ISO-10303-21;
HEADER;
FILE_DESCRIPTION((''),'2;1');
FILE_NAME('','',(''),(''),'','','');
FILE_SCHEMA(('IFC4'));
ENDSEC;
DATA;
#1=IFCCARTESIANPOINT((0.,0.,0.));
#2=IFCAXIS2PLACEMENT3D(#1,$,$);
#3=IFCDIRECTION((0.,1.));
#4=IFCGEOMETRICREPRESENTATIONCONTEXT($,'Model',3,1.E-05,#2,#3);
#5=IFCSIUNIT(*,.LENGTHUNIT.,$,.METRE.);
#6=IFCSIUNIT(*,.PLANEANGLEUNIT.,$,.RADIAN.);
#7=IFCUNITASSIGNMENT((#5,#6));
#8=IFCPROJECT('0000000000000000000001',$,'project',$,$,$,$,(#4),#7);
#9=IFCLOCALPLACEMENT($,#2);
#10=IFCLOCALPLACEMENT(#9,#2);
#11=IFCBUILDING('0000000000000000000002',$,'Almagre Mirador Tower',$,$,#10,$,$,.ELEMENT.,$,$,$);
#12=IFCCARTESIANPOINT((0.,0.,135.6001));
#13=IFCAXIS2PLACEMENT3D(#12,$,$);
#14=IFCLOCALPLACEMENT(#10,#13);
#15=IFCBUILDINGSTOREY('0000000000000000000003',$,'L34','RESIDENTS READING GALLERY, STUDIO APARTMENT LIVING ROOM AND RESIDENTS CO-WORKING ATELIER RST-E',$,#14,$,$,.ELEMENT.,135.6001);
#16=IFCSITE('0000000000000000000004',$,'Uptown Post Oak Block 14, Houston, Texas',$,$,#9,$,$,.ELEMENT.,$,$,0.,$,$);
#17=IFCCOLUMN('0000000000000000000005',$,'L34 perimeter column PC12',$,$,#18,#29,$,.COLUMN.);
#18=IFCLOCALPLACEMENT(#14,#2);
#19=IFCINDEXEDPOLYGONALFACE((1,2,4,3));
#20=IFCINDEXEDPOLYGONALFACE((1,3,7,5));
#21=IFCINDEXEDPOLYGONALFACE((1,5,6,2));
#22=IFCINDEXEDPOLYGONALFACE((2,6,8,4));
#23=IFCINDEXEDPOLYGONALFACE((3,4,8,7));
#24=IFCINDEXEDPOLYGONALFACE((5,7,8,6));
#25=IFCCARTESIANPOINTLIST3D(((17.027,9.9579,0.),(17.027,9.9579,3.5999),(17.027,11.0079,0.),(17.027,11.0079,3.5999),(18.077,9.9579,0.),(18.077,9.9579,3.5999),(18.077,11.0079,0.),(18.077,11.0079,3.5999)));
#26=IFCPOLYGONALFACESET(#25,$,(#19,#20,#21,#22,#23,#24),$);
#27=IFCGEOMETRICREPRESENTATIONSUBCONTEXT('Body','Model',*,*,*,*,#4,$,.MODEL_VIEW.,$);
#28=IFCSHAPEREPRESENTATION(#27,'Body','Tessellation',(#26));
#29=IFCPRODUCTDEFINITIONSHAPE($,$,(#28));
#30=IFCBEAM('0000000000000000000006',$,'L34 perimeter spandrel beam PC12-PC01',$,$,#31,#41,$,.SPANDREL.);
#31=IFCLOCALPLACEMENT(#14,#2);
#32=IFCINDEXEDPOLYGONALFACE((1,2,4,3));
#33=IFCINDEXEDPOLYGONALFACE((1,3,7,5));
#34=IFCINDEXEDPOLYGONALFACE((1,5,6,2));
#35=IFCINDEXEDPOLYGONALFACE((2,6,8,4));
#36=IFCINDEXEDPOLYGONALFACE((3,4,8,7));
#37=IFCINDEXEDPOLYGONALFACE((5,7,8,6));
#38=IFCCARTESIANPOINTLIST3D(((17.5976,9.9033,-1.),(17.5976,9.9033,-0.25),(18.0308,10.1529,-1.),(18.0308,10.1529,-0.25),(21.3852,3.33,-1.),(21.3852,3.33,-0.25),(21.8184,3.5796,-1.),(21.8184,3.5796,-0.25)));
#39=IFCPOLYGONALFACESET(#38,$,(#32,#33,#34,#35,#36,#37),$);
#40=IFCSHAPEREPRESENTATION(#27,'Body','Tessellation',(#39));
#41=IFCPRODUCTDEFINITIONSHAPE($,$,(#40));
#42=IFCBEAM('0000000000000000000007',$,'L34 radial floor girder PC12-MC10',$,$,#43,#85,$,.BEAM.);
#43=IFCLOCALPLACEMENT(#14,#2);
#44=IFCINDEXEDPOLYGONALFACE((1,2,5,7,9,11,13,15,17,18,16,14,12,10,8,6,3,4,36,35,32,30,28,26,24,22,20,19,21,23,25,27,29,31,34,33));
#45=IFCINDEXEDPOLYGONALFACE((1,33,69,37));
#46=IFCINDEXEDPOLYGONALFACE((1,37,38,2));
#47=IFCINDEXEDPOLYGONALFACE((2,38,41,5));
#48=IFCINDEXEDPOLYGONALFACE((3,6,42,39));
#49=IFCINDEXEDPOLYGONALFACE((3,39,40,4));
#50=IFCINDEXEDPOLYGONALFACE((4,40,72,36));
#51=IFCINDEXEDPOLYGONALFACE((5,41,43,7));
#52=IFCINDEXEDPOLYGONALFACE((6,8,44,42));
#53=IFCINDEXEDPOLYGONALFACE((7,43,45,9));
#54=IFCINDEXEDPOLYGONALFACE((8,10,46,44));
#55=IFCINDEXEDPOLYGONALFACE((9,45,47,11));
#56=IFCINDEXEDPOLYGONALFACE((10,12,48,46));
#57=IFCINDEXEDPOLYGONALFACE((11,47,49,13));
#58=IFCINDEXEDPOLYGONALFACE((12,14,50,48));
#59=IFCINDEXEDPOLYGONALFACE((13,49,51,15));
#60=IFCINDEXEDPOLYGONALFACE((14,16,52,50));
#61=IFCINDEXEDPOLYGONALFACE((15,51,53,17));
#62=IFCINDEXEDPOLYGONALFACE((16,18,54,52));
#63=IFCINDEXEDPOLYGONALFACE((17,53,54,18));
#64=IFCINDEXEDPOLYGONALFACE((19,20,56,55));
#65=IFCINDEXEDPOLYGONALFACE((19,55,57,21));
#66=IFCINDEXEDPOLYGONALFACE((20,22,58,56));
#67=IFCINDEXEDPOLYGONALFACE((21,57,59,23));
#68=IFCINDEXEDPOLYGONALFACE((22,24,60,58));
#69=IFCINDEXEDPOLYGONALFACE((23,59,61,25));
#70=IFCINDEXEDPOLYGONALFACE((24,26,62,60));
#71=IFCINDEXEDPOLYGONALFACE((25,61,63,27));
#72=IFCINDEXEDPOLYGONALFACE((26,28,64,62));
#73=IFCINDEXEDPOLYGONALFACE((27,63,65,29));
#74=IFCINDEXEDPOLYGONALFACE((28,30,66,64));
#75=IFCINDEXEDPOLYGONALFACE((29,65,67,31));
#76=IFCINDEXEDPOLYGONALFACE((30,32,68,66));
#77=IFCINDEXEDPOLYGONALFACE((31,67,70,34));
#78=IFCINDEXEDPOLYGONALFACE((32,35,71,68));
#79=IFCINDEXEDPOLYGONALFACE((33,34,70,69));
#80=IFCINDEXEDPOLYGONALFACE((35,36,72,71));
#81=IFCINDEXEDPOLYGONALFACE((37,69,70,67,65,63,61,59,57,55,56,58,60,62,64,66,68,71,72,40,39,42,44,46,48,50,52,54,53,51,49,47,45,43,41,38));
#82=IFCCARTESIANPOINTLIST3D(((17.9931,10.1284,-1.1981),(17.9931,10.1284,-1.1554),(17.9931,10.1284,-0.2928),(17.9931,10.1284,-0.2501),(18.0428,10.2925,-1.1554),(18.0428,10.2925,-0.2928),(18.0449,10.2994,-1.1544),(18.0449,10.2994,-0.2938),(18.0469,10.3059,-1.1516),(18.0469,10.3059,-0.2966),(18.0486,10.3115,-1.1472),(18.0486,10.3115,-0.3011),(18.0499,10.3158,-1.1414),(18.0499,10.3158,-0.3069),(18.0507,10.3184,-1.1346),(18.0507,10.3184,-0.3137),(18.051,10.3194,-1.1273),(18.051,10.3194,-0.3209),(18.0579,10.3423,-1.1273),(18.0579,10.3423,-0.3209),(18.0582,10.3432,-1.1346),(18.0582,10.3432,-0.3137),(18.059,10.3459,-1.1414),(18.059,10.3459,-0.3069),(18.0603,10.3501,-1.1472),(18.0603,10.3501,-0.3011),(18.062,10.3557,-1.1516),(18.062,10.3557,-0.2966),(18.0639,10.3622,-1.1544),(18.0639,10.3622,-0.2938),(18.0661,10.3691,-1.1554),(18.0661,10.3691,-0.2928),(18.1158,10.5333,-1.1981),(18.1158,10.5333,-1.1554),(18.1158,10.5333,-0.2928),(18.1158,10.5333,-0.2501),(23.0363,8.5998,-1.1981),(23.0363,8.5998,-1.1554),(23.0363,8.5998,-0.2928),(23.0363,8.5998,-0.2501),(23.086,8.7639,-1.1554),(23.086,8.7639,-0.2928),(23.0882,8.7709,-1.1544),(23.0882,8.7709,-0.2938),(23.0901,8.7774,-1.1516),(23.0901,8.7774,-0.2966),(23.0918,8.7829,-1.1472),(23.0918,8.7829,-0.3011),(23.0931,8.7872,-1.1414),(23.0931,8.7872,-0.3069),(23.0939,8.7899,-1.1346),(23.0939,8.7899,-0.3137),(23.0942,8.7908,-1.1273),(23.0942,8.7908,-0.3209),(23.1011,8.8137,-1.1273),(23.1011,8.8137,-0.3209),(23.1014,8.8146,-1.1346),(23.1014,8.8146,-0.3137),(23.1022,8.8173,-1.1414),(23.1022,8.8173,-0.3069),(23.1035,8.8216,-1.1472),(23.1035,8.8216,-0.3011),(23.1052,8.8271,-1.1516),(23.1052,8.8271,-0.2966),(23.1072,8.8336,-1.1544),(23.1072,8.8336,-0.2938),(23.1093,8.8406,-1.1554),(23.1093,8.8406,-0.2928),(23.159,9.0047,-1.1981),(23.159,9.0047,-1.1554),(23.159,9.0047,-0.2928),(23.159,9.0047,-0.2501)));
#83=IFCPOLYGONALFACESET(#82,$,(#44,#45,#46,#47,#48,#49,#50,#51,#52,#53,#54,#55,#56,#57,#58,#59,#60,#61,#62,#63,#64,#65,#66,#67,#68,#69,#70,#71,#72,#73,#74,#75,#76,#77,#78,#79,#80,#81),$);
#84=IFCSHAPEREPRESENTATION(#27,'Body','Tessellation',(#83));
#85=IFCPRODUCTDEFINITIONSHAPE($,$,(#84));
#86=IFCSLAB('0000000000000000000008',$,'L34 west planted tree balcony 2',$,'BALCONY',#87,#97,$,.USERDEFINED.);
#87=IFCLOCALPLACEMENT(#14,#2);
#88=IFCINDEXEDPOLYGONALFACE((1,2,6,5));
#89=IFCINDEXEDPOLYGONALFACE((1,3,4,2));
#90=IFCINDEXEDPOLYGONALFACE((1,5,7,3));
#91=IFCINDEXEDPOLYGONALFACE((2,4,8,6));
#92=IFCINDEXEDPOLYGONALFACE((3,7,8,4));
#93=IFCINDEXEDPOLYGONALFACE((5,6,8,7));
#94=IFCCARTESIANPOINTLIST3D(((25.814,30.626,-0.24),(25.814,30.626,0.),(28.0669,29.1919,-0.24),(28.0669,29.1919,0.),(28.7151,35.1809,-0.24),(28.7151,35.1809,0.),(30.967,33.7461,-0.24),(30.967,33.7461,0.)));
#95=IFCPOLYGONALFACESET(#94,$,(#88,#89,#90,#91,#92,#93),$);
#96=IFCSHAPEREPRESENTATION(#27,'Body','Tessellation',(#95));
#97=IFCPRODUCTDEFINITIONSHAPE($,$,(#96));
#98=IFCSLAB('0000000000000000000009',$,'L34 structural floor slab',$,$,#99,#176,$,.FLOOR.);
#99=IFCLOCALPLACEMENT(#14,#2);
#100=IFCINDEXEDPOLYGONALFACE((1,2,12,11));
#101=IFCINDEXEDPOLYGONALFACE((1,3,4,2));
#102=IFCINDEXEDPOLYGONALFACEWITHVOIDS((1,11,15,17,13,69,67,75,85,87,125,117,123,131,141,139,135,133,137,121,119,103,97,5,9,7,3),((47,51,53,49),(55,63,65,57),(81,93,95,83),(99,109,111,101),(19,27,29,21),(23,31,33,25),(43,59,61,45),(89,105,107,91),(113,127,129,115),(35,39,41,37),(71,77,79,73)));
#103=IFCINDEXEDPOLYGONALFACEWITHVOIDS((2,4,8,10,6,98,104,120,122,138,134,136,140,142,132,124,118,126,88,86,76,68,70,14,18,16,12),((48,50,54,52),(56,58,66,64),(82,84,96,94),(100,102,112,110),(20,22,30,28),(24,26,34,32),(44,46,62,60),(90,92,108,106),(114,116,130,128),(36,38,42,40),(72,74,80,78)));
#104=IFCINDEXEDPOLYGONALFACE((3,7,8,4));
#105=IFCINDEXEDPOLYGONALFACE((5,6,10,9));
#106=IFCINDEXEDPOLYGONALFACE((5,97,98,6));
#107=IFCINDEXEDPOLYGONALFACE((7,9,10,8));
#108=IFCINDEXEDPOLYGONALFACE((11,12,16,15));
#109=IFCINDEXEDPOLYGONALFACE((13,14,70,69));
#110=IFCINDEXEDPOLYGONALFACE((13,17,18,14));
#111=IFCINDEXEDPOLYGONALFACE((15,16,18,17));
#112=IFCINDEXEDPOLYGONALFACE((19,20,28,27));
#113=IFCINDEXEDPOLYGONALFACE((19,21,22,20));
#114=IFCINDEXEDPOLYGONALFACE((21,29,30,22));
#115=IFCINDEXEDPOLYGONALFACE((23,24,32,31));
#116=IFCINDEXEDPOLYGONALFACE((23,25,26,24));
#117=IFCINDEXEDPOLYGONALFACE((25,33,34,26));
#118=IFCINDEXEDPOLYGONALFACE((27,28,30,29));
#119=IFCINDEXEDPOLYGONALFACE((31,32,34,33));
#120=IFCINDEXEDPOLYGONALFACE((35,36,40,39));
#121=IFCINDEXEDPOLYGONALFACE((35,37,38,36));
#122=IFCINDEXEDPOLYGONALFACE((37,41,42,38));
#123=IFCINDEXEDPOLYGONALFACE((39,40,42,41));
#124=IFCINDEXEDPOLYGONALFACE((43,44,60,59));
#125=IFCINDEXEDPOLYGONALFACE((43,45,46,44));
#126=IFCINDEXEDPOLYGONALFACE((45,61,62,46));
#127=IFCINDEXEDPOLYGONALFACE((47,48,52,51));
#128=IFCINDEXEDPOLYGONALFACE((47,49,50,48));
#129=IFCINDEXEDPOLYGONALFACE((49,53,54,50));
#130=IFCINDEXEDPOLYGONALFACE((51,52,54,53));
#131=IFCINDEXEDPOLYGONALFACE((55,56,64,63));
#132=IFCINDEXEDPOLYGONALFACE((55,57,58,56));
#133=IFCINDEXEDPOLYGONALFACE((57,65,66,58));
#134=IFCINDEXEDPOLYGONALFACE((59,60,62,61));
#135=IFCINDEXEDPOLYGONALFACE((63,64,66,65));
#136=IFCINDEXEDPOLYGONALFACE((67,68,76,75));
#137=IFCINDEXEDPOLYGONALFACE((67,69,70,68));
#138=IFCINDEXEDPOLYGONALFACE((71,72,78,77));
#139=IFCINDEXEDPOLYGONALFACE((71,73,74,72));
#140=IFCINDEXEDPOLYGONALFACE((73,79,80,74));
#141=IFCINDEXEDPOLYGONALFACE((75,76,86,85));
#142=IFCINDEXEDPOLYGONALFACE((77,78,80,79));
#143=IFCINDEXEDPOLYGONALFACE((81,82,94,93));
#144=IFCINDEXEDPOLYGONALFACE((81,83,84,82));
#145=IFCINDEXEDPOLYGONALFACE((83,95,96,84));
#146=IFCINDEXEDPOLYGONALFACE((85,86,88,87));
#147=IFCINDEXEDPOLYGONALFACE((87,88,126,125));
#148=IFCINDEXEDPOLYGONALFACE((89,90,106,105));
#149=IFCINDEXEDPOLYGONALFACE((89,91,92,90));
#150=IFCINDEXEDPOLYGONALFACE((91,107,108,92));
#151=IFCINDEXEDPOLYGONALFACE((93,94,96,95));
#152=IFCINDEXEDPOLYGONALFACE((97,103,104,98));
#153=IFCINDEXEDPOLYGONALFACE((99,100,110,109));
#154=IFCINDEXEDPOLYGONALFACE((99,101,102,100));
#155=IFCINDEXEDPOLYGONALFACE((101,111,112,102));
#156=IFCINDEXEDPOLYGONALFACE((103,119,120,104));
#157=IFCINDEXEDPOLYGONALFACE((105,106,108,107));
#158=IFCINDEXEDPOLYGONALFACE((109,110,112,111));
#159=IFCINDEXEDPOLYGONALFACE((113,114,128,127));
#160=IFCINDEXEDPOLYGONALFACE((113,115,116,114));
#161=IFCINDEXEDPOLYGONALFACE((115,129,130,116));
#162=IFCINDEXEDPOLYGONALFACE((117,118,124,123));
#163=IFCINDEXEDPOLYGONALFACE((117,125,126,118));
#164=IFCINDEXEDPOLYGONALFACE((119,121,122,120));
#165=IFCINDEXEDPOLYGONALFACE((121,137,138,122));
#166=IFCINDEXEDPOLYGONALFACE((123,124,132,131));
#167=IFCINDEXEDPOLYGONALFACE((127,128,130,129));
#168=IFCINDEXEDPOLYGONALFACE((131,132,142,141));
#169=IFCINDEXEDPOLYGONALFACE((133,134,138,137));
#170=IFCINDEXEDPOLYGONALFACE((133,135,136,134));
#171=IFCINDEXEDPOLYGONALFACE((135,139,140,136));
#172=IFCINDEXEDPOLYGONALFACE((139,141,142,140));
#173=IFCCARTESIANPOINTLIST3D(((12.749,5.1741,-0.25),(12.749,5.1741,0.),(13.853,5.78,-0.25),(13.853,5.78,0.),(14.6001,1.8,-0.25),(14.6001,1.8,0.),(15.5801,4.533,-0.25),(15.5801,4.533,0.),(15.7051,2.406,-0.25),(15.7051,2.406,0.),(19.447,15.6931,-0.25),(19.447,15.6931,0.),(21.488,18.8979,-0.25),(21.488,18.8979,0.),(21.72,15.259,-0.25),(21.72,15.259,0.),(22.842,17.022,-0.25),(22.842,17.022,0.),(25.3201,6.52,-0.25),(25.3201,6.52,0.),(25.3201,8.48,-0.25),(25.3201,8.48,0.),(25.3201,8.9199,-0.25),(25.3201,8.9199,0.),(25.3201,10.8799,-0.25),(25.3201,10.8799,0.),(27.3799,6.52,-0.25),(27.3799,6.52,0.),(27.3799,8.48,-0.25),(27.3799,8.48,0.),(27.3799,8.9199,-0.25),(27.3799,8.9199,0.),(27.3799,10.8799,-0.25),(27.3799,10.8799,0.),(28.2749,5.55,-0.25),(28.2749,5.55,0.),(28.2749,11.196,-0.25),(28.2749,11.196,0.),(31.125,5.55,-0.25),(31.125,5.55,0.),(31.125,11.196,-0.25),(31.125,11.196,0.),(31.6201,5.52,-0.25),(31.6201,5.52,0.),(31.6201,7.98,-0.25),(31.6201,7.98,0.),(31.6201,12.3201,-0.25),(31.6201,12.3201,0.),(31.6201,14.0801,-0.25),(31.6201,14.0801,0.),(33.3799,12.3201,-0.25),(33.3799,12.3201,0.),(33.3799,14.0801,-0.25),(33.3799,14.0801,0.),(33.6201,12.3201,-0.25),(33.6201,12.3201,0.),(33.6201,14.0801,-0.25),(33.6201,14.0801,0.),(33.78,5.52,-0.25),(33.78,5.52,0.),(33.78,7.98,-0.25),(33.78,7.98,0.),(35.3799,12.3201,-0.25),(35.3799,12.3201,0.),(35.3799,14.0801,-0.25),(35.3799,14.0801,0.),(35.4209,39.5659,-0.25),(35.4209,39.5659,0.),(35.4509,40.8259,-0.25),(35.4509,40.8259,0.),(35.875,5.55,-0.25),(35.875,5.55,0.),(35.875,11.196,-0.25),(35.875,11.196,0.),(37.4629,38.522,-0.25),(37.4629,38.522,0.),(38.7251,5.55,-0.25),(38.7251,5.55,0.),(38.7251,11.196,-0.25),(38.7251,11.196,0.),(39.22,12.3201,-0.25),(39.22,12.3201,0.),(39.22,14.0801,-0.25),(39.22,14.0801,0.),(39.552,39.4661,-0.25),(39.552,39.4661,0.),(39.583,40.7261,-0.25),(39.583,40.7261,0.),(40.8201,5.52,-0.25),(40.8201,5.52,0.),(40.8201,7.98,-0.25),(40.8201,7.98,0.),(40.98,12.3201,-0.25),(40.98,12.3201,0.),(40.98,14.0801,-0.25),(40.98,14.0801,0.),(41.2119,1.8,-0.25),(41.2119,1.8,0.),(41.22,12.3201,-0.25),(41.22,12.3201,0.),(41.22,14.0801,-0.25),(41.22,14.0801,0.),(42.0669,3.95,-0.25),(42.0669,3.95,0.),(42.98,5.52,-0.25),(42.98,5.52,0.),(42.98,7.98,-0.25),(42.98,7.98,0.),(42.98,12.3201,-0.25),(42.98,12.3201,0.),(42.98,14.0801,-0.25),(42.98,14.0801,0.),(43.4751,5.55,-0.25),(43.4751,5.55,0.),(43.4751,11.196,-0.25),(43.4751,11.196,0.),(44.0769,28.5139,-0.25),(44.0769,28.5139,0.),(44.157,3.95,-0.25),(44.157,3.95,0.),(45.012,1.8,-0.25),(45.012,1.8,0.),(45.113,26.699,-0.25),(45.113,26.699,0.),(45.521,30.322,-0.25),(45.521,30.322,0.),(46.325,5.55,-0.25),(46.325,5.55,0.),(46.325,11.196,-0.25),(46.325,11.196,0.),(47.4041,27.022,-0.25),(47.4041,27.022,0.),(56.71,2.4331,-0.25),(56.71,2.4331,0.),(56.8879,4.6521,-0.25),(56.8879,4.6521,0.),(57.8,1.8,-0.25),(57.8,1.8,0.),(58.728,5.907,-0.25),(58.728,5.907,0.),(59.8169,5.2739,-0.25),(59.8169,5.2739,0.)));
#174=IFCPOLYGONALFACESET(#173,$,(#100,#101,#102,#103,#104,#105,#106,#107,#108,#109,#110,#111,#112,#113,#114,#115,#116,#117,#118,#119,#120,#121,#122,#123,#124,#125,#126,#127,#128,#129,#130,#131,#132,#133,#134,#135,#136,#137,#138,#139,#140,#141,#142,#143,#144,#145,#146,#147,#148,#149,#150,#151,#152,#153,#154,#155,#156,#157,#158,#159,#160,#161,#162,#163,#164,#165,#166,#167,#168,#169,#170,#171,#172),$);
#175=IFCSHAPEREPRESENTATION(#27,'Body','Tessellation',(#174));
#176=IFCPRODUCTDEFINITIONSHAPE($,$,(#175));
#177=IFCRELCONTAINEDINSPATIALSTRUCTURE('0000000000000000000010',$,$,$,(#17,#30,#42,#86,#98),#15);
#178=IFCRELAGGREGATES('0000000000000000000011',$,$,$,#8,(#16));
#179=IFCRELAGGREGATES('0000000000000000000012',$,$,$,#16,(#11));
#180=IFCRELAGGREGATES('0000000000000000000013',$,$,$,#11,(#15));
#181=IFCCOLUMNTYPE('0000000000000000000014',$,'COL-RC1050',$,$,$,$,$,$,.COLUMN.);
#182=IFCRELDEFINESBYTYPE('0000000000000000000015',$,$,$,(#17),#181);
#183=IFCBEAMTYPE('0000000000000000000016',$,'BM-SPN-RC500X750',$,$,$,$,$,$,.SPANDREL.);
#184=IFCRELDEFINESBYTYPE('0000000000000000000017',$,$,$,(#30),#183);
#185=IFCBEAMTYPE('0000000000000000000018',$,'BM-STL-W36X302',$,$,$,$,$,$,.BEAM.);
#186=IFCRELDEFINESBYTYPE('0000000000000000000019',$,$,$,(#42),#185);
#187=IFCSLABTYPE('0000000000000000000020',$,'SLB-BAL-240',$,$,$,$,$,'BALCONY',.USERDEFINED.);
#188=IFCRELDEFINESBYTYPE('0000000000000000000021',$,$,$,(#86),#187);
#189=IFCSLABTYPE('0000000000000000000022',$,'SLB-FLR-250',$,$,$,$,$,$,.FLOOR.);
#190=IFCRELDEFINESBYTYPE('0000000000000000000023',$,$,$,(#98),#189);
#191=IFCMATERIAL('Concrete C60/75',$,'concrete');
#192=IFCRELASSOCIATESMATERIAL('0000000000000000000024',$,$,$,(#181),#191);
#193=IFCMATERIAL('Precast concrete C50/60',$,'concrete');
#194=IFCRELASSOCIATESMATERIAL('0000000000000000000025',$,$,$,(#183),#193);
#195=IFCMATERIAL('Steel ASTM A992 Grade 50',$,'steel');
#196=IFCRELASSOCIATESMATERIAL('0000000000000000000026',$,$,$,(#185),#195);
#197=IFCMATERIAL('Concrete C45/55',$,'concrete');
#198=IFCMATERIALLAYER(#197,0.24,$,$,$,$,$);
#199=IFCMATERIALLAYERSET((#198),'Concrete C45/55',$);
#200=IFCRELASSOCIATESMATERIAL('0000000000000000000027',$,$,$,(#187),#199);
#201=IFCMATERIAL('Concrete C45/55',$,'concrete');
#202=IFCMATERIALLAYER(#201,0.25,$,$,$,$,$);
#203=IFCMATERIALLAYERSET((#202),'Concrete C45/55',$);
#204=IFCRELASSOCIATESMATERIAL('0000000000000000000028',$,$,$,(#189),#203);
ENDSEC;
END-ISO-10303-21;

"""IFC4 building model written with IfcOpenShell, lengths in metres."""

from ifc_helpers import new_model, si_unit, direction, frame, origin, origin_2d, place, context, subcontext, project, spatial, polyline, rectangle, i_section, outline, extrude, material, layer, layer_set, material_profile, profile_set, type_object, element, save


model = new_model("IFC4")

# Units and contexts
model_context = context("Model", 3, precision=1e-05, world=origin(), true_north=direction((0.0, 1.0)))
body_context = subcontext(model_context, "Body", "Model", "MODEL_VIEW")
ifc_project = project(units=[si_unit("LENGTHUNIT", "METRE"), si_unit("PLANEANGLEUNIT", "RADIAN")], contexts=[model_context])

# Site, building, storey
site_placement = place(None, origin())
site = spatial("IfcSite", under=ifc_project, at=site_placement, Name="Uptown Post Oak Block 14, Houston, Texas", CompositionType="ELEMENT", RefElevation=0.0)
building_placement = place(site_placement, origin())
building = spatial("IfcBuilding", under=site, at=building_placement, Name="Almagre Mirador Tower", CompositionType="ELEMENT")
storey_placement = place(building_placement, frame((0.0, 0.0, 135.6001)))
storey = spatial("IfcBuildingStorey", under=building, at=storey_placement, Name="L34", Description="RESIDENTS READING GALLERY, STUDIO APARTMENT LIVING ROOM AND RESIDENTS CO-WORKING ATELIER RST-E", CompositionType="ELEMENT", Elevation=135.6001)

# Column
ifc_material_1 = material(Name="Concrete C60/75", Category="concrete")
ifc_material_profile_1 = material_profile(ifc_material_1, rectangle(XDim=1.05, YDim=1.05, at=origin_2d()), Name="RC1050X1050")
ifc_profile_set_1 = profile_set([ifc_material_profile_1], Name="Concrete C60/75")
column_type = type_object("IfcColumnType", Name="COL-RC1050", PredefinedType="COLUMN", material=ifc_profile_set_1)
column_placement = place(storey_placement, frame((17.552, 10.4829, 0.0), z_axis=(0.0, 0.0, 1.0), x_axis=(1.0, 0.0, 0.0)))
element("IfcColumn", 1, at=column_placement, inside=storey, type_object=column_type, Name="L34 perimeter column PC12", PredefinedType="COLUMN", context=body_context, shape_type="SweptSolid", body=[
    extrude(rectangle(XDim=1.05, YDim=1.05, at=origin_2d()), origin(), (0.0, 0.0, 1.0), 3.5999),
])

# Beams
ifc_material_2 = material(Name="Precast concrete C50/60", Category="concrete")
ifc_material_profile_2 = material_profile(ifc_material_2, rectangle(XDim=0.5, YDim=0.75, at=origin_2d()), Name="RC500X750")
ifc_profile_set_2 = profile_set([ifc_material_profile_2], Name="Precast concrete C50/60")
beam_type_1 = type_object("IfcBeamType", Name="BM-SPN-RC500X750", PredefinedType="SPANDREL", material=ifc_profile_set_2)
beam_1_placement = place(storey_placement, frame((17.8142, 10.0281, -0.625), z_axis=(0.499262, -0.866451, 0.0), x_axis=(0.866451, 0.499262, 0.0)))
element("IfcBeam", 2, at=beam_1_placement, inside=storey, type_object=beam_type_1, Name="L34 perimeter spandrel beam PC12-PC01", PredefinedType="SPANDREL", context=body_context, shape_type="SweptSolid", body=[
    extrude(rectangle(XDim=0.5, YDim=0.75, at=origin_2d()), origin(), (0.0, 0.0, 1.0), 7.5864),
])
ifc_material_3 = material(Name="Steel ASTM A992 Grade 50", Category="steel")
ifc_material_profile_3 = material_profile(ifc_material_3, i_section(OverallWidth=0.4231, OverallDepth=0.948, WebThickness=0.0239, FlangeThickness=0.0427, FilletRadius=0.0281, at=origin_2d()), Name="W36X302")
ifc_profile_set_3 = profile_set([ifc_material_profile_3], Name="Steel ASTM A992 Grade 50")
beam_type_2 = type_object("IfcBeamType", Name="BM-STL-W36X302", PredefinedType="BEAM", material=ifc_profile_set_3)
beam_2_placement = place(storey_placement, frame((18.0544, 10.3308, -0.7241), z_axis=(0.957008, -0.290063, 0.0), x_axis=(0.290063, 0.957008, 0.0)))
element("IfcBeam", 3, at=beam_2_placement, inside=storey, type_object=beam_type_2, Name="L34 radial floor girder PC12-MC10", PredefinedType="BEAM", context=body_context, shape_type="SweptSolid", body=[
    extrude(i_section(OverallWidth=0.4231, OverallDepth=0.948, WebThickness=0.0239, FlangeThickness=0.0427, FilletRadius=0.0281, at=origin_2d()), origin(), (0.0, 0.0, 1.0), 5.2698),
])

# Slabs
ifc_material_4 = material(Name="Concrete C45/55", Category="concrete")
ifc_layer_1 = layer(ifc_material_4, 0.24)
ifc_layer_set_1 = layer_set([ifc_layer_1], Name="Concrete C45/55")
slab_type_1 = type_object("IfcSlabType", Name="SLB-BAL-240", ElementType="BALCONY", PredefinedType="USERDEFINED", material=ifc_layer_set_1)
slab_1_placement = place(storey_placement, frame((0.0, 0.0, -0.24)))
element("IfcSlab", 4, at=slab_1_placement, inside=storey, type_object=slab_type_1, Name="L34 west planted tree balcony 2", ObjectType="BALCONY", PredefinedType="USERDEFINED", context=body_context, shape_type="SweptSolid", body=[
    extrude(outline(polyline([(30.967, 33.7461), (28.0669, 29.1919), (25.814, 30.626), (28.7151, 35.1809), (30.967, 33.7461)])), origin(), (0.0, 0.0, 1.0), 0.24),
])
ifc_material_5 = material(Name="Concrete C45/55", Category="concrete")
ifc_layer_2 = layer(ifc_material_5, 0.25)
ifc_layer_set_2 = layer_set([ifc_layer_2], Name="Concrete C45/55")
slab_type_2 = type_object("IfcSlabType", Name="SLB-FLR-250", PredefinedType="FLOOR", material=ifc_layer_set_2)
slab_2_placement = place(storey_placement, frame((0.0, 0.0, -0.25)))
element("IfcSlab", 5, at=slab_2_placement, inside=storey, type_object=slab_type_2, Name="L34 structural floor slab", PredefinedType="FLOOR", context=body_context, shape_type="SweptSolid", body=[
    extrude(outline(polyline([(12.749, 5.1741), (13.853, 5.78), (15.5801, 4.533), (15.7051, 2.406), (14.6001, 1.8), (41.2119, 1.8), (42.0669, 3.95), (44.157, 3.95), (45.012, 1.8), (57.8, 1.8), (56.71, 2.4331), (56.8879, 4.6521), (58.728, 5.907), (59.8169, 5.2739), (47.4041, 27.022), (45.113, 26.699), (44.0769, 28.5139), (45.521, 30.322), (39.583, 40.7261), (39.552, 39.4661), (37.4629, 38.522), (35.4209, 39.5659), (35.4509, 40.8259), (21.488, 18.8979), (22.842, 17.022), (21.72, 15.259), (19.447, 15.6931), (12.749, 5.1741)]), holes=[polyline([(43.4751, 5.55), (43.4751, 11.196), (46.325, 11.196), (46.325, 5.55), (43.4751, 5.55)]), polyline([(40.8201, 5.52), (40.8201, 7.98), (42.98, 7.98), (42.98, 5.52), (40.8201, 5.52)]), polyline([(41.22, 12.3201), (41.22, 14.0801), (42.98, 14.0801), (42.98, 12.3201), (41.22, 12.3201)]), polyline([(39.22, 12.3201), (39.22, 14.0801), (40.98, 14.0801), (40.98, 12.3201), (39.22, 12.3201)]), polyline([(35.875, 11.196), (38.7251, 11.196), (38.7251, 5.55), (35.875, 5.55), (35.875, 11.196)]), polyline([(35.3799, 12.3201), (33.6201, 12.3201), (33.6201, 14.0801), (35.3799, 14.0801), (35.3799, 12.3201)]), polyline([(33.78, 5.52), (31.6201, 5.52), (31.6201, 7.98), (33.78, 7.98), (33.78, 5.52)]), polyline([(31.6201, 12.3201), (31.6201, 14.0801), (33.3799, 14.0801), (33.3799, 12.3201), (31.6201, 12.3201)]), polyline([(28.2749, 5.55), (28.2749, 11.196), (31.125, 11.196), (31.125, 5.55), (28.2749, 5.55)]), polyline([(25.3201, 8.9199), (25.3201, 10.8799), (27.3799, 10.8799), (27.3799, 8.9199), (25.3201, 8.9199)]), polyline([(27.3799, 6.52), (25.3201, 6.52), (25.3201, 8.48), (27.3799, 8.48), (27.3799, 6.52)])]), origin(), (0.0, 0.0, 1.0), 0.25),
])

save(model, "model.ifc")
